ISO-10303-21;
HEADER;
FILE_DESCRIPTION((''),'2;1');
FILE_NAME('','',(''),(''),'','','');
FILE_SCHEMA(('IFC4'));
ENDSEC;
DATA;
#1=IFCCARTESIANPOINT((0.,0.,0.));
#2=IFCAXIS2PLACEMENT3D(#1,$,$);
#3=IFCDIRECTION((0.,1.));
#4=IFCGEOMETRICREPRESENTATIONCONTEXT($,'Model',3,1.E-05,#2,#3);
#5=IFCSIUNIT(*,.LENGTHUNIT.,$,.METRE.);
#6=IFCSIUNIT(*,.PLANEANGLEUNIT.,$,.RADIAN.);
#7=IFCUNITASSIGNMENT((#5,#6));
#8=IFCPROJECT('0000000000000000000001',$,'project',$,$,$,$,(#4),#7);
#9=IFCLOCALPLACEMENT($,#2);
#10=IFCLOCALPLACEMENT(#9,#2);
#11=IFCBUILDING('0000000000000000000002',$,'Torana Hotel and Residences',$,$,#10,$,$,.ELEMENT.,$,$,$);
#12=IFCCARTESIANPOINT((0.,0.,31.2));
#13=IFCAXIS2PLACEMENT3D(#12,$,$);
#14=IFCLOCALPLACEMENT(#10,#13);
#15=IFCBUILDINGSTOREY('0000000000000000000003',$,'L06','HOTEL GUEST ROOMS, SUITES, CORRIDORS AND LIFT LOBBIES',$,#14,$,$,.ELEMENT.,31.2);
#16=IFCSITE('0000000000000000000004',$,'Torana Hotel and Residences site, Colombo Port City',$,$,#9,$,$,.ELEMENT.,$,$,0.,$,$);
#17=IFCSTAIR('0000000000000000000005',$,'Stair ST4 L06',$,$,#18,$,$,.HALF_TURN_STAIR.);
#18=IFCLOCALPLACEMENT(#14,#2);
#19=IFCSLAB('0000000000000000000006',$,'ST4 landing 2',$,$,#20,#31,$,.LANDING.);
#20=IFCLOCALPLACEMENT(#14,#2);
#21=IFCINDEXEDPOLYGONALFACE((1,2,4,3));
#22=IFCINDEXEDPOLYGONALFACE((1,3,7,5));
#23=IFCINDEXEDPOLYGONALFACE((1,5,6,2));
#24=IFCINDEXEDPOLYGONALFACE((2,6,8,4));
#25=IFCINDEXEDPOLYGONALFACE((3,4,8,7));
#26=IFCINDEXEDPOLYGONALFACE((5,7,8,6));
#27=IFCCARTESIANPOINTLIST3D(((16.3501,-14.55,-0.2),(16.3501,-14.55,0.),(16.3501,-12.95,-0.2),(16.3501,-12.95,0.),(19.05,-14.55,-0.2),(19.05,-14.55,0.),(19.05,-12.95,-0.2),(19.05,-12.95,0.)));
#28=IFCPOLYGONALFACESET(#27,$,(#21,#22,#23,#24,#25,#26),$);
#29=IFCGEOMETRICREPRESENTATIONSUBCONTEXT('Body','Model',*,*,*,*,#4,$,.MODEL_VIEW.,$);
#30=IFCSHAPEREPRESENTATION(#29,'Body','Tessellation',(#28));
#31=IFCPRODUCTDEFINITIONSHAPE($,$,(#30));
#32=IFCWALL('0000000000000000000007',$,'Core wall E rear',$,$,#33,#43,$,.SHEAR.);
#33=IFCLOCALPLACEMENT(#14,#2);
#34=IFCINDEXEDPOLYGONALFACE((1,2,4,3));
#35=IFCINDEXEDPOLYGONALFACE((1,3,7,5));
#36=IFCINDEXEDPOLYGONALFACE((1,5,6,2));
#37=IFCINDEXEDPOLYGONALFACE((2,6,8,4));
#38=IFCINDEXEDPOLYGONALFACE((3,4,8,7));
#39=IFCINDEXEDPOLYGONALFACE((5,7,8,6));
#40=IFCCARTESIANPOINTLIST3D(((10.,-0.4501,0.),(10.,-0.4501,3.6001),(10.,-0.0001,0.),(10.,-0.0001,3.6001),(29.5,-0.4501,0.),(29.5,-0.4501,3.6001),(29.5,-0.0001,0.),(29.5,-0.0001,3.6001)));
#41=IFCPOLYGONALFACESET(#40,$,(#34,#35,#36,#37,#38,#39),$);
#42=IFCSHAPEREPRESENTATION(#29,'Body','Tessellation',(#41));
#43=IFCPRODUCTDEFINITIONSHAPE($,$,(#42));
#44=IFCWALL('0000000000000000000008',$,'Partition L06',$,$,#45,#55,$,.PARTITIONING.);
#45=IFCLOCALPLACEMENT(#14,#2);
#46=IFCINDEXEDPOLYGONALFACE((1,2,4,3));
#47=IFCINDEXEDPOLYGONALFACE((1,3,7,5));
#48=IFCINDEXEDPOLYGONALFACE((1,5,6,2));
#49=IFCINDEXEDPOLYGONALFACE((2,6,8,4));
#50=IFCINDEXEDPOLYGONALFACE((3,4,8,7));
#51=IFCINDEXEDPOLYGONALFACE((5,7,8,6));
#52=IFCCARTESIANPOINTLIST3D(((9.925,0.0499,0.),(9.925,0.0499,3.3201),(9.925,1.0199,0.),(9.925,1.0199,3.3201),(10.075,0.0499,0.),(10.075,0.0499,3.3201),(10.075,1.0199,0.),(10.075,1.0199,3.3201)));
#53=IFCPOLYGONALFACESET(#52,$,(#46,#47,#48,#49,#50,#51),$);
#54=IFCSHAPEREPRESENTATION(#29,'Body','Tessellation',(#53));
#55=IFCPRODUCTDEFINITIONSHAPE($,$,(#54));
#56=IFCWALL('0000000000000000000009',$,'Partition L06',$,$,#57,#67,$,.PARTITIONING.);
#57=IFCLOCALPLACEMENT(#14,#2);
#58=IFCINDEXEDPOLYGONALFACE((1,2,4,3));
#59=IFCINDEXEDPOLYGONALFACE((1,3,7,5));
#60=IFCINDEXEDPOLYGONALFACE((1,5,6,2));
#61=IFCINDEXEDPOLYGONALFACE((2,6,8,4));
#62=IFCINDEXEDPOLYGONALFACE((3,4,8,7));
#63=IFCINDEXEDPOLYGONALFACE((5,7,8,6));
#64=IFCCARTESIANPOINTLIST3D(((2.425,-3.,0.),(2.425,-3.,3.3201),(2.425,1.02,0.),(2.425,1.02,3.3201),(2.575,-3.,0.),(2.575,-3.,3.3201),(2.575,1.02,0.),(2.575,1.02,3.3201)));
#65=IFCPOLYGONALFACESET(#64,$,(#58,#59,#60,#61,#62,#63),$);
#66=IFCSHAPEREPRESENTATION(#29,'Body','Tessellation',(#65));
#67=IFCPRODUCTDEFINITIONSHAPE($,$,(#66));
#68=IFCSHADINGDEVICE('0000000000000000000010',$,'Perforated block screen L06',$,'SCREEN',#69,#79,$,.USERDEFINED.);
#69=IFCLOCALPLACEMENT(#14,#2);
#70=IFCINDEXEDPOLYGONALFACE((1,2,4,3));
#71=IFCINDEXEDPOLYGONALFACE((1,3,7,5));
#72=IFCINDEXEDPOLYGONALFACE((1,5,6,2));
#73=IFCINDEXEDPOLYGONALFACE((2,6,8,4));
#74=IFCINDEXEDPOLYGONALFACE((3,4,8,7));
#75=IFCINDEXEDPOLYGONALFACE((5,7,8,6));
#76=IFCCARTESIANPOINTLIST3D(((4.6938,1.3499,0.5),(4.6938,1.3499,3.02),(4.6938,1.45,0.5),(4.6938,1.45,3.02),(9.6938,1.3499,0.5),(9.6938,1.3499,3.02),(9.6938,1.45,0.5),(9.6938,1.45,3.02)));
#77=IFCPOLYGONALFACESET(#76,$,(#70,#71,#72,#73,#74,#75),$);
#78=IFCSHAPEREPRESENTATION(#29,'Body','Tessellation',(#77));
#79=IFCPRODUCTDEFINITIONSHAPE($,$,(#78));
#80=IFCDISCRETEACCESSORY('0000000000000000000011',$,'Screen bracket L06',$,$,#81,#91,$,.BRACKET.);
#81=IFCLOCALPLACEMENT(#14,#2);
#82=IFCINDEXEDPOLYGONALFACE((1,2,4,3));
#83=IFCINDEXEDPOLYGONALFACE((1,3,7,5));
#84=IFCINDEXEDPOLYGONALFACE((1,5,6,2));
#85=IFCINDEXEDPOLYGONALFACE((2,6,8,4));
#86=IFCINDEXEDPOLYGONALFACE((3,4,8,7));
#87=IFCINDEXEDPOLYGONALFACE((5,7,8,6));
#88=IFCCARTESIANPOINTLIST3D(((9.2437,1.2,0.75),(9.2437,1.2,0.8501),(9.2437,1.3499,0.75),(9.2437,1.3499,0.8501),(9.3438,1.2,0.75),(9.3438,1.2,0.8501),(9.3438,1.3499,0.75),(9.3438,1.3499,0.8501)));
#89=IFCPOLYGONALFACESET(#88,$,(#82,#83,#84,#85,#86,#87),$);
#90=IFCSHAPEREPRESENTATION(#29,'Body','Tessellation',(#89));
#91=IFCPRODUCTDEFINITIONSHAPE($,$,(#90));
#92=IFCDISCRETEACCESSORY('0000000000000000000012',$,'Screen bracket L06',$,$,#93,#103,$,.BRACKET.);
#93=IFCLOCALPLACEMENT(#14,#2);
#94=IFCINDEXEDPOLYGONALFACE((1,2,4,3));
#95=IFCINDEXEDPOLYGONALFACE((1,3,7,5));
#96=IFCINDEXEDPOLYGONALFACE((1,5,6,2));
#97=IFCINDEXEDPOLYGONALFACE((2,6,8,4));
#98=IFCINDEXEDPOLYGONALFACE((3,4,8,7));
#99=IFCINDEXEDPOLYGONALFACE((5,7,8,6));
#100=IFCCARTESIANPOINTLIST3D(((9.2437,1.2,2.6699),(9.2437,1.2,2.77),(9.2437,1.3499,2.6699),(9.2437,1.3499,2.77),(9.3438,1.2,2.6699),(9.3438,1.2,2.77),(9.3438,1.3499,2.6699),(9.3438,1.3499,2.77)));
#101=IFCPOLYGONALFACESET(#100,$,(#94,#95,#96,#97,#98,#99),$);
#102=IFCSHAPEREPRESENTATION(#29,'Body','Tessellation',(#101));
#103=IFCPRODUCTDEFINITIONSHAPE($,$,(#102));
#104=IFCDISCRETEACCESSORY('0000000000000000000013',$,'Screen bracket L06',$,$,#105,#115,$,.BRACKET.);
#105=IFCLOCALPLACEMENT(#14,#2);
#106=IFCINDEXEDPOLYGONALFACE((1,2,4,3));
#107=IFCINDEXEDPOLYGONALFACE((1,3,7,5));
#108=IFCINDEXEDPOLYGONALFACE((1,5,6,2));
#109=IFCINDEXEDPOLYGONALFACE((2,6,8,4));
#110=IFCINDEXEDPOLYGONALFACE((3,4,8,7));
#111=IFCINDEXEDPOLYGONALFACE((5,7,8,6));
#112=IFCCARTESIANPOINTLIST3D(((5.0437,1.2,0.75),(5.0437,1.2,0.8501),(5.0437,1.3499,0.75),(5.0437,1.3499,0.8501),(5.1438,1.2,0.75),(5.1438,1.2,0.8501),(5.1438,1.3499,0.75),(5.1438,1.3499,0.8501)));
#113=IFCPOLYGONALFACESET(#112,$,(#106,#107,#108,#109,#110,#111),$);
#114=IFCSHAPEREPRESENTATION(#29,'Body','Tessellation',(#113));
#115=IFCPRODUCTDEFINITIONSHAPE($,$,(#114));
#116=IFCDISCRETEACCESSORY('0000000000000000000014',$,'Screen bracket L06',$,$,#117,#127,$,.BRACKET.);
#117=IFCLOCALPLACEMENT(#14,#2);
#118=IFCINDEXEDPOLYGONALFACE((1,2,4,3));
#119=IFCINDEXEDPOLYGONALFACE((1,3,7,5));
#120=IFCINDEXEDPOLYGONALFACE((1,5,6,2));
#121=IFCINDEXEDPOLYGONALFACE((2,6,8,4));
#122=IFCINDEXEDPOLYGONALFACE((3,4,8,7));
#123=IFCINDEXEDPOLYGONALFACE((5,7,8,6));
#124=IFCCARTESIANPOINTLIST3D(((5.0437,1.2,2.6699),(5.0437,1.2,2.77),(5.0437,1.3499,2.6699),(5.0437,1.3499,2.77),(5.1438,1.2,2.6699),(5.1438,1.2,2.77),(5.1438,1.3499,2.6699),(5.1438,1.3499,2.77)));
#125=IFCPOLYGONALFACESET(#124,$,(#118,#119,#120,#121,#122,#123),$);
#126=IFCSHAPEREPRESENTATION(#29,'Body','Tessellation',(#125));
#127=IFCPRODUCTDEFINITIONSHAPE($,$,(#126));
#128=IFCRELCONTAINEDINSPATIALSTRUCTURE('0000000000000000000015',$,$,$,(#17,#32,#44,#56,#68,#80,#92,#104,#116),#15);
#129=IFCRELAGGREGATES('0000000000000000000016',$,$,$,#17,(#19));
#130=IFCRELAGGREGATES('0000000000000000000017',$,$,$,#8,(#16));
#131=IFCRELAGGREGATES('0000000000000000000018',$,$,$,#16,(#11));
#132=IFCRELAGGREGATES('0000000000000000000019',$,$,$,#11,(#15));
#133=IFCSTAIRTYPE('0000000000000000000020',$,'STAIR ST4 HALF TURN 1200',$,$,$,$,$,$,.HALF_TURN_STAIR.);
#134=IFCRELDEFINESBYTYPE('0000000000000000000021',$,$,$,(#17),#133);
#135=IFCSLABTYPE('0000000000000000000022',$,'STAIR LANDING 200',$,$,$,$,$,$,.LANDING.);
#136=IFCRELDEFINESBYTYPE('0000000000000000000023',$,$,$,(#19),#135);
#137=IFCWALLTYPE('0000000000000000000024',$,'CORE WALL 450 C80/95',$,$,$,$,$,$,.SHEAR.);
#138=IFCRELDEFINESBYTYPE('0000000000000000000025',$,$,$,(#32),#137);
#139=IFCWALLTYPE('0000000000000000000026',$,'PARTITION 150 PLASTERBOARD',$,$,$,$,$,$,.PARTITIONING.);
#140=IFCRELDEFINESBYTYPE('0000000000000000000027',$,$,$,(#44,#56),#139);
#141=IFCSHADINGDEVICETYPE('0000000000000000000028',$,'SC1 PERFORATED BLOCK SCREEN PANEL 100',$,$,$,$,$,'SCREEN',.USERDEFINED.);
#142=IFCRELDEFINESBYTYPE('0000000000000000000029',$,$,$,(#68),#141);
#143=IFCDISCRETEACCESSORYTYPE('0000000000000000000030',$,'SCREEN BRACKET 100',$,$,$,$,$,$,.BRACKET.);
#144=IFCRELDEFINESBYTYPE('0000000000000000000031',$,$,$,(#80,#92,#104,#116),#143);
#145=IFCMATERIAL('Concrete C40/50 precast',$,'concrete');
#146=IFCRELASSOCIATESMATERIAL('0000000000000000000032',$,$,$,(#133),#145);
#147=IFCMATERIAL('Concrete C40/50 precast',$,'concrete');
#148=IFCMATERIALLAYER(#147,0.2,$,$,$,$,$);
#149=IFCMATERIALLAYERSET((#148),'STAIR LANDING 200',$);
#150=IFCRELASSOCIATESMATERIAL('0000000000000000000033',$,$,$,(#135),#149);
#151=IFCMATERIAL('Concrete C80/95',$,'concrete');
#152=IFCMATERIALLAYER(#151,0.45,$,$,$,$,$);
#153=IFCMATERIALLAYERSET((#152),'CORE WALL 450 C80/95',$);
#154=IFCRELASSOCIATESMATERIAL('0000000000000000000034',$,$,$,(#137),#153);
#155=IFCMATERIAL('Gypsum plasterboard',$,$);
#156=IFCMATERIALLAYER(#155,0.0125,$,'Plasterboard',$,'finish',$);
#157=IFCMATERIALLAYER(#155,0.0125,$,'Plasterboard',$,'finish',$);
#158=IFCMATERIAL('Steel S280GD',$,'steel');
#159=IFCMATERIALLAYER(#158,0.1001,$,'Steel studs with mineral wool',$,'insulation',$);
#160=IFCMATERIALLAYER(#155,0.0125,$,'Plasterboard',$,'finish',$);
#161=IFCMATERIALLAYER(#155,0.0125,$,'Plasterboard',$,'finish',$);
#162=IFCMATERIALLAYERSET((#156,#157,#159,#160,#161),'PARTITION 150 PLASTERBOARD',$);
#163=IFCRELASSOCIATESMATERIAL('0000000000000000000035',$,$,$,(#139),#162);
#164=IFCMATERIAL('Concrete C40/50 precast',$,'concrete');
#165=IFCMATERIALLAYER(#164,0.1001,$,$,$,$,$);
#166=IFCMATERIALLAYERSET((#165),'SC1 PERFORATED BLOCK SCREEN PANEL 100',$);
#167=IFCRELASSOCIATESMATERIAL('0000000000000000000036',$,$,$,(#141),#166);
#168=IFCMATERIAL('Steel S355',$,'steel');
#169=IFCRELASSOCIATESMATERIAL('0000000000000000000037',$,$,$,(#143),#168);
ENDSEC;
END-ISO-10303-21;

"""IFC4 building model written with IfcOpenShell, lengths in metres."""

from ifc_helpers import new_model, si_unit, direction, frame, frame_2d, origin, origin_2d, place, context, subcontext, project, spatial, polyline, rectangle, outline, extrude, material, layer, layer_set, type_object, element, aggregate, save


model = new_model("IFC4")

# Units and contexts
model_context = context("Model", 3, precision=1e-05, world=origin(), true_north=direction((0.0, 1.0)))
body_context = subcontext(model_context, "Body", "Model", "MODEL_VIEW")
ifc_project = project(units=[si_unit("LENGTHUNIT", "METRE"), si_unit("PLANEANGLEUNIT", "RADIAN")], contexts=[model_context])

# Site, building, storey
site_placement = place(None, origin())
site = spatial("IfcSite", under=ifc_project, at=site_placement, Name="Torana Hotel and Residences site, Colombo Port City", CompositionType="ELEMENT", RefElevation=0.0)
building_placement = place(site_placement, origin())
building = spatial("IfcBuilding", under=site, at=building_placement, Name="Torana Hotel and Residences", CompositionType="ELEMENT")
storey_placement = place(building_placement, frame((0.0, 0.0, 31.2)))
storey = spatial("IfcBuildingStorey", under=building, at=storey_placement, Name="L06", Description="HOTEL GUEST ROOMS, SUITES, CORRIDORS AND LIFT LOBBIES", CompositionType="ELEMENT", Elevation=31.2)

# Stair, slab
ifc_material_1 = material(Name="Concrete C40/50 precast", Category="concrete")
stair_type = type_object("IfcStairType", Name="STAIR ST4 HALF TURN 1200", PredefinedType="HALF_TURN_STAIR", material=ifc_material_1)
stair_placement = place(storey_placement, origin())
stair = element("IfcStair", 1, at=stair_placement, inside=storey, type_object=stair_type, Name="Stair ST4 L06", PredefinedType="HALF_TURN_STAIR")
ifc_material_2 = material(Name="Concrete C40/50 precast", Category="concrete")
ifc_layer_1 = layer(ifc_material_2, 0.2)
ifc_layer_set_1 = layer_set([ifc_layer_1], Name="STAIR LANDING 200")
slab_type = type_object("IfcSlabType", Name="STAIR LANDING 200", PredefinedType="LANDING", material=ifc_layer_set_1)
slab_placement = place(storey_placement, frame((0.0, 0.0, -0.2)))
slab = element("IfcSlab", 2, at=slab_placement, type_object=slab_type, Name="ST4 landing 2", PredefinedType="LANDING", context=body_context, shape_type="SweptSolid", body=[
    extrude(outline(polyline([(16.3501, -14.55), (19.05, -14.55), (19.05, -12.95), (16.3501, -12.95), (16.3501, -14.55)])), origin(), (0.0, 0.0, 1.0), 0.2),
])
aggregate(stair, [slab])

# Walls
ifc_material_3 = material(Name="Concrete C80/95", Category="concrete")
ifc_layer_2 = layer(ifc_material_3, 0.45)
ifc_layer_set_2 = layer_set([ifc_layer_2], Name="CORE WALL 450 C80/95")
wall_type_1 = type_object("IfcWallType", Name="CORE WALL 450 C80/95", PredefinedType="SHEAR", material=ifc_layer_set_2)
wall_1_placement = place(storey_placement, frame((10.0, -0.2251, 0.0), z_axis=(0.0, 0.0, 1.0), x_axis=(1.0, 0.0, 0.0)))
element("IfcWall", 3, at=wall_1_placement, inside=storey, type_object=wall_type_1, Name="Core wall E rear", PredefinedType="SHEAR", context=body_context, shape_type="SweptSolid", body=[
    extrude(rectangle(XDim=19.5, YDim=0.45, at=frame_2d((9.75, 0.0))), origin(), (0.0, 0.0, 1.0), 3.6001),
])
ifc_material_4 = material(Name="Gypsum plasterboard")
ifc_layer_3 = layer(ifc_material_4, 0.0125, Name="Plasterboard", Category="finish")
ifc_layer_4 = layer(ifc_material_4, 0.0125, Name="Plasterboard", Category="finish")
ifc_material_5 = material(Name="Steel S280GD", Category="steel")
ifc_layer_5 = layer(ifc_material_5, 0.1001, Name="Steel studs with mineral wool", Category="insulation")
ifc_layer_6 = layer(ifc_material_4, 0.0125, Name="Plasterboard", Category="finish")
ifc_layer_7 = layer(ifc_material_4, 0.0125, Name="Plasterboard", Category="finish")
ifc_layer_set_3 = layer_set([ifc_layer_3, ifc_layer_4, ifc_layer_5, ifc_layer_6, ifc_layer_7], Name="PARTITION 150 PLASTERBOARD")
wall_type_2 = type_object("IfcWallType", Name="PARTITION 150 PLASTERBOARD", PredefinedType="PARTITIONING", material=ifc_layer_set_3)
wall_2_placement = place(storey_placement, frame((10.0, 0.05, 0.0), z_axis=(0.0, 0.0, 1.0), x_axis=(0.0, 1.0, 0.0)))
element("IfcWall", 4, at=wall_2_placement, inside=storey, type_object=wall_type_2, Name="Partition L06", PredefinedType="PARTITIONING", context=body_context, shape_type="SweptSolid", body=[
    extrude(rectangle(XDim=0.97, YDim=0.1499, at=frame_2d((0.4849, 0.0))), origin(), (0.0, 0.0, 1.0), 3.3201),
])
wall_3_placement = place(storey_placement, frame((2.5, -3.0, 0.0), z_axis=(0.0, 0.0, 1.0), x_axis=(0.0, 1.0, 0.0)))
element("IfcWall", 5, at=wall_3_placement, inside=storey, type_object=wall_type_2, Name="Partition L06", PredefinedType="PARTITIONING", context=body_context, shape_type="SweptSolid", body=[
    extrude(rectangle(XDim=4.02, YDim=0.1499, at=frame_2d((2.01, 0.0))), origin(), (0.0, 0.0, 1.0), 3.3201),
])

# Shading device
ifc_material_6 = material(Name="Concrete C40/50 precast", Category="concrete")
ifc_layer_8 = layer(ifc_material_6, 0.1001)
ifc_layer_set_4 = layer_set([ifc_layer_8], Name="SC1 PERFORATED BLOCK SCREEN PANEL 100")
shading_device_type = type_object("IfcShadingDeviceType", Name="SC1 PERFORATED BLOCK SCREEN PANEL 100", ElementType="SCREEN", PredefinedType="USERDEFINED", material=ifc_layer_set_4)
shading_device_placement = place(storey_placement, frame((7.1938, 1.3999, 0.5), z_axis=(0.0, 0.0, 1.0), x_axis=(-1.0, 0.0, 0.0)))
element("IfcShadingDevice", 6, at=shading_device_placement, inside=storey, type_object=shading_device_type, Name="Perforated block screen L06", ObjectType="SCREEN", PredefinedType="USERDEFINED", context=body_context, shape_type="SweptSolid", body=[
    extrude(rectangle(XDim=5.0, YDim=0.1001, at=origin_2d()), origin(), (0.0, 0.0, 1.0), 2.52),
])

# Discrete accessories
ifc_material_7 = material(Name="Steel S355", Category="steel")
discrete_accessory_type = type_object("IfcDiscreteAccessoryType", Name="SCREEN BRACKET 100", PredefinedType="BRACKET", material=ifc_material_7)
for number, where, z_axis, x_axis, name in (
    (7, (9.2937, 1.2749, 0.75), (0.0, 0.0, 1.0), (-1.0, 0.0, 0.0), "Screen bracket L06"),
    (8, (9.2937, 1.2749, 2.6699), (0.0, 0.0, 1.0), (-1.0, 0.0, 0.0), "Screen bracket L06"),
    (9, (5.0938, 1.2749, 0.75), (0.0, 0.0, 1.0), (-1.0, 0.0, 0.0), "Screen bracket L06"),
    (10, (5.0938, 1.2749, 2.6699), (0.0, 0.0, 1.0), (-1.0, 0.0, 0.0), "Screen bracket L06"),
):
    element("IfcDiscreteAccessory", number, at=place(storey_placement, frame(where, z_axis=z_axis, x_axis=x_axis)), inside=storey, type_object=discrete_accessory_type, Name=name, PredefinedType="BRACKET", context=body_context, shape_type="SweptSolid", body=[
        extrude(rectangle(XDim=0.1001, YDim=0.1499, at=origin_2d()), origin(), (0.0, 0.0, 1.0), 0.1001),
    ])

save(model, "model.ifc")
